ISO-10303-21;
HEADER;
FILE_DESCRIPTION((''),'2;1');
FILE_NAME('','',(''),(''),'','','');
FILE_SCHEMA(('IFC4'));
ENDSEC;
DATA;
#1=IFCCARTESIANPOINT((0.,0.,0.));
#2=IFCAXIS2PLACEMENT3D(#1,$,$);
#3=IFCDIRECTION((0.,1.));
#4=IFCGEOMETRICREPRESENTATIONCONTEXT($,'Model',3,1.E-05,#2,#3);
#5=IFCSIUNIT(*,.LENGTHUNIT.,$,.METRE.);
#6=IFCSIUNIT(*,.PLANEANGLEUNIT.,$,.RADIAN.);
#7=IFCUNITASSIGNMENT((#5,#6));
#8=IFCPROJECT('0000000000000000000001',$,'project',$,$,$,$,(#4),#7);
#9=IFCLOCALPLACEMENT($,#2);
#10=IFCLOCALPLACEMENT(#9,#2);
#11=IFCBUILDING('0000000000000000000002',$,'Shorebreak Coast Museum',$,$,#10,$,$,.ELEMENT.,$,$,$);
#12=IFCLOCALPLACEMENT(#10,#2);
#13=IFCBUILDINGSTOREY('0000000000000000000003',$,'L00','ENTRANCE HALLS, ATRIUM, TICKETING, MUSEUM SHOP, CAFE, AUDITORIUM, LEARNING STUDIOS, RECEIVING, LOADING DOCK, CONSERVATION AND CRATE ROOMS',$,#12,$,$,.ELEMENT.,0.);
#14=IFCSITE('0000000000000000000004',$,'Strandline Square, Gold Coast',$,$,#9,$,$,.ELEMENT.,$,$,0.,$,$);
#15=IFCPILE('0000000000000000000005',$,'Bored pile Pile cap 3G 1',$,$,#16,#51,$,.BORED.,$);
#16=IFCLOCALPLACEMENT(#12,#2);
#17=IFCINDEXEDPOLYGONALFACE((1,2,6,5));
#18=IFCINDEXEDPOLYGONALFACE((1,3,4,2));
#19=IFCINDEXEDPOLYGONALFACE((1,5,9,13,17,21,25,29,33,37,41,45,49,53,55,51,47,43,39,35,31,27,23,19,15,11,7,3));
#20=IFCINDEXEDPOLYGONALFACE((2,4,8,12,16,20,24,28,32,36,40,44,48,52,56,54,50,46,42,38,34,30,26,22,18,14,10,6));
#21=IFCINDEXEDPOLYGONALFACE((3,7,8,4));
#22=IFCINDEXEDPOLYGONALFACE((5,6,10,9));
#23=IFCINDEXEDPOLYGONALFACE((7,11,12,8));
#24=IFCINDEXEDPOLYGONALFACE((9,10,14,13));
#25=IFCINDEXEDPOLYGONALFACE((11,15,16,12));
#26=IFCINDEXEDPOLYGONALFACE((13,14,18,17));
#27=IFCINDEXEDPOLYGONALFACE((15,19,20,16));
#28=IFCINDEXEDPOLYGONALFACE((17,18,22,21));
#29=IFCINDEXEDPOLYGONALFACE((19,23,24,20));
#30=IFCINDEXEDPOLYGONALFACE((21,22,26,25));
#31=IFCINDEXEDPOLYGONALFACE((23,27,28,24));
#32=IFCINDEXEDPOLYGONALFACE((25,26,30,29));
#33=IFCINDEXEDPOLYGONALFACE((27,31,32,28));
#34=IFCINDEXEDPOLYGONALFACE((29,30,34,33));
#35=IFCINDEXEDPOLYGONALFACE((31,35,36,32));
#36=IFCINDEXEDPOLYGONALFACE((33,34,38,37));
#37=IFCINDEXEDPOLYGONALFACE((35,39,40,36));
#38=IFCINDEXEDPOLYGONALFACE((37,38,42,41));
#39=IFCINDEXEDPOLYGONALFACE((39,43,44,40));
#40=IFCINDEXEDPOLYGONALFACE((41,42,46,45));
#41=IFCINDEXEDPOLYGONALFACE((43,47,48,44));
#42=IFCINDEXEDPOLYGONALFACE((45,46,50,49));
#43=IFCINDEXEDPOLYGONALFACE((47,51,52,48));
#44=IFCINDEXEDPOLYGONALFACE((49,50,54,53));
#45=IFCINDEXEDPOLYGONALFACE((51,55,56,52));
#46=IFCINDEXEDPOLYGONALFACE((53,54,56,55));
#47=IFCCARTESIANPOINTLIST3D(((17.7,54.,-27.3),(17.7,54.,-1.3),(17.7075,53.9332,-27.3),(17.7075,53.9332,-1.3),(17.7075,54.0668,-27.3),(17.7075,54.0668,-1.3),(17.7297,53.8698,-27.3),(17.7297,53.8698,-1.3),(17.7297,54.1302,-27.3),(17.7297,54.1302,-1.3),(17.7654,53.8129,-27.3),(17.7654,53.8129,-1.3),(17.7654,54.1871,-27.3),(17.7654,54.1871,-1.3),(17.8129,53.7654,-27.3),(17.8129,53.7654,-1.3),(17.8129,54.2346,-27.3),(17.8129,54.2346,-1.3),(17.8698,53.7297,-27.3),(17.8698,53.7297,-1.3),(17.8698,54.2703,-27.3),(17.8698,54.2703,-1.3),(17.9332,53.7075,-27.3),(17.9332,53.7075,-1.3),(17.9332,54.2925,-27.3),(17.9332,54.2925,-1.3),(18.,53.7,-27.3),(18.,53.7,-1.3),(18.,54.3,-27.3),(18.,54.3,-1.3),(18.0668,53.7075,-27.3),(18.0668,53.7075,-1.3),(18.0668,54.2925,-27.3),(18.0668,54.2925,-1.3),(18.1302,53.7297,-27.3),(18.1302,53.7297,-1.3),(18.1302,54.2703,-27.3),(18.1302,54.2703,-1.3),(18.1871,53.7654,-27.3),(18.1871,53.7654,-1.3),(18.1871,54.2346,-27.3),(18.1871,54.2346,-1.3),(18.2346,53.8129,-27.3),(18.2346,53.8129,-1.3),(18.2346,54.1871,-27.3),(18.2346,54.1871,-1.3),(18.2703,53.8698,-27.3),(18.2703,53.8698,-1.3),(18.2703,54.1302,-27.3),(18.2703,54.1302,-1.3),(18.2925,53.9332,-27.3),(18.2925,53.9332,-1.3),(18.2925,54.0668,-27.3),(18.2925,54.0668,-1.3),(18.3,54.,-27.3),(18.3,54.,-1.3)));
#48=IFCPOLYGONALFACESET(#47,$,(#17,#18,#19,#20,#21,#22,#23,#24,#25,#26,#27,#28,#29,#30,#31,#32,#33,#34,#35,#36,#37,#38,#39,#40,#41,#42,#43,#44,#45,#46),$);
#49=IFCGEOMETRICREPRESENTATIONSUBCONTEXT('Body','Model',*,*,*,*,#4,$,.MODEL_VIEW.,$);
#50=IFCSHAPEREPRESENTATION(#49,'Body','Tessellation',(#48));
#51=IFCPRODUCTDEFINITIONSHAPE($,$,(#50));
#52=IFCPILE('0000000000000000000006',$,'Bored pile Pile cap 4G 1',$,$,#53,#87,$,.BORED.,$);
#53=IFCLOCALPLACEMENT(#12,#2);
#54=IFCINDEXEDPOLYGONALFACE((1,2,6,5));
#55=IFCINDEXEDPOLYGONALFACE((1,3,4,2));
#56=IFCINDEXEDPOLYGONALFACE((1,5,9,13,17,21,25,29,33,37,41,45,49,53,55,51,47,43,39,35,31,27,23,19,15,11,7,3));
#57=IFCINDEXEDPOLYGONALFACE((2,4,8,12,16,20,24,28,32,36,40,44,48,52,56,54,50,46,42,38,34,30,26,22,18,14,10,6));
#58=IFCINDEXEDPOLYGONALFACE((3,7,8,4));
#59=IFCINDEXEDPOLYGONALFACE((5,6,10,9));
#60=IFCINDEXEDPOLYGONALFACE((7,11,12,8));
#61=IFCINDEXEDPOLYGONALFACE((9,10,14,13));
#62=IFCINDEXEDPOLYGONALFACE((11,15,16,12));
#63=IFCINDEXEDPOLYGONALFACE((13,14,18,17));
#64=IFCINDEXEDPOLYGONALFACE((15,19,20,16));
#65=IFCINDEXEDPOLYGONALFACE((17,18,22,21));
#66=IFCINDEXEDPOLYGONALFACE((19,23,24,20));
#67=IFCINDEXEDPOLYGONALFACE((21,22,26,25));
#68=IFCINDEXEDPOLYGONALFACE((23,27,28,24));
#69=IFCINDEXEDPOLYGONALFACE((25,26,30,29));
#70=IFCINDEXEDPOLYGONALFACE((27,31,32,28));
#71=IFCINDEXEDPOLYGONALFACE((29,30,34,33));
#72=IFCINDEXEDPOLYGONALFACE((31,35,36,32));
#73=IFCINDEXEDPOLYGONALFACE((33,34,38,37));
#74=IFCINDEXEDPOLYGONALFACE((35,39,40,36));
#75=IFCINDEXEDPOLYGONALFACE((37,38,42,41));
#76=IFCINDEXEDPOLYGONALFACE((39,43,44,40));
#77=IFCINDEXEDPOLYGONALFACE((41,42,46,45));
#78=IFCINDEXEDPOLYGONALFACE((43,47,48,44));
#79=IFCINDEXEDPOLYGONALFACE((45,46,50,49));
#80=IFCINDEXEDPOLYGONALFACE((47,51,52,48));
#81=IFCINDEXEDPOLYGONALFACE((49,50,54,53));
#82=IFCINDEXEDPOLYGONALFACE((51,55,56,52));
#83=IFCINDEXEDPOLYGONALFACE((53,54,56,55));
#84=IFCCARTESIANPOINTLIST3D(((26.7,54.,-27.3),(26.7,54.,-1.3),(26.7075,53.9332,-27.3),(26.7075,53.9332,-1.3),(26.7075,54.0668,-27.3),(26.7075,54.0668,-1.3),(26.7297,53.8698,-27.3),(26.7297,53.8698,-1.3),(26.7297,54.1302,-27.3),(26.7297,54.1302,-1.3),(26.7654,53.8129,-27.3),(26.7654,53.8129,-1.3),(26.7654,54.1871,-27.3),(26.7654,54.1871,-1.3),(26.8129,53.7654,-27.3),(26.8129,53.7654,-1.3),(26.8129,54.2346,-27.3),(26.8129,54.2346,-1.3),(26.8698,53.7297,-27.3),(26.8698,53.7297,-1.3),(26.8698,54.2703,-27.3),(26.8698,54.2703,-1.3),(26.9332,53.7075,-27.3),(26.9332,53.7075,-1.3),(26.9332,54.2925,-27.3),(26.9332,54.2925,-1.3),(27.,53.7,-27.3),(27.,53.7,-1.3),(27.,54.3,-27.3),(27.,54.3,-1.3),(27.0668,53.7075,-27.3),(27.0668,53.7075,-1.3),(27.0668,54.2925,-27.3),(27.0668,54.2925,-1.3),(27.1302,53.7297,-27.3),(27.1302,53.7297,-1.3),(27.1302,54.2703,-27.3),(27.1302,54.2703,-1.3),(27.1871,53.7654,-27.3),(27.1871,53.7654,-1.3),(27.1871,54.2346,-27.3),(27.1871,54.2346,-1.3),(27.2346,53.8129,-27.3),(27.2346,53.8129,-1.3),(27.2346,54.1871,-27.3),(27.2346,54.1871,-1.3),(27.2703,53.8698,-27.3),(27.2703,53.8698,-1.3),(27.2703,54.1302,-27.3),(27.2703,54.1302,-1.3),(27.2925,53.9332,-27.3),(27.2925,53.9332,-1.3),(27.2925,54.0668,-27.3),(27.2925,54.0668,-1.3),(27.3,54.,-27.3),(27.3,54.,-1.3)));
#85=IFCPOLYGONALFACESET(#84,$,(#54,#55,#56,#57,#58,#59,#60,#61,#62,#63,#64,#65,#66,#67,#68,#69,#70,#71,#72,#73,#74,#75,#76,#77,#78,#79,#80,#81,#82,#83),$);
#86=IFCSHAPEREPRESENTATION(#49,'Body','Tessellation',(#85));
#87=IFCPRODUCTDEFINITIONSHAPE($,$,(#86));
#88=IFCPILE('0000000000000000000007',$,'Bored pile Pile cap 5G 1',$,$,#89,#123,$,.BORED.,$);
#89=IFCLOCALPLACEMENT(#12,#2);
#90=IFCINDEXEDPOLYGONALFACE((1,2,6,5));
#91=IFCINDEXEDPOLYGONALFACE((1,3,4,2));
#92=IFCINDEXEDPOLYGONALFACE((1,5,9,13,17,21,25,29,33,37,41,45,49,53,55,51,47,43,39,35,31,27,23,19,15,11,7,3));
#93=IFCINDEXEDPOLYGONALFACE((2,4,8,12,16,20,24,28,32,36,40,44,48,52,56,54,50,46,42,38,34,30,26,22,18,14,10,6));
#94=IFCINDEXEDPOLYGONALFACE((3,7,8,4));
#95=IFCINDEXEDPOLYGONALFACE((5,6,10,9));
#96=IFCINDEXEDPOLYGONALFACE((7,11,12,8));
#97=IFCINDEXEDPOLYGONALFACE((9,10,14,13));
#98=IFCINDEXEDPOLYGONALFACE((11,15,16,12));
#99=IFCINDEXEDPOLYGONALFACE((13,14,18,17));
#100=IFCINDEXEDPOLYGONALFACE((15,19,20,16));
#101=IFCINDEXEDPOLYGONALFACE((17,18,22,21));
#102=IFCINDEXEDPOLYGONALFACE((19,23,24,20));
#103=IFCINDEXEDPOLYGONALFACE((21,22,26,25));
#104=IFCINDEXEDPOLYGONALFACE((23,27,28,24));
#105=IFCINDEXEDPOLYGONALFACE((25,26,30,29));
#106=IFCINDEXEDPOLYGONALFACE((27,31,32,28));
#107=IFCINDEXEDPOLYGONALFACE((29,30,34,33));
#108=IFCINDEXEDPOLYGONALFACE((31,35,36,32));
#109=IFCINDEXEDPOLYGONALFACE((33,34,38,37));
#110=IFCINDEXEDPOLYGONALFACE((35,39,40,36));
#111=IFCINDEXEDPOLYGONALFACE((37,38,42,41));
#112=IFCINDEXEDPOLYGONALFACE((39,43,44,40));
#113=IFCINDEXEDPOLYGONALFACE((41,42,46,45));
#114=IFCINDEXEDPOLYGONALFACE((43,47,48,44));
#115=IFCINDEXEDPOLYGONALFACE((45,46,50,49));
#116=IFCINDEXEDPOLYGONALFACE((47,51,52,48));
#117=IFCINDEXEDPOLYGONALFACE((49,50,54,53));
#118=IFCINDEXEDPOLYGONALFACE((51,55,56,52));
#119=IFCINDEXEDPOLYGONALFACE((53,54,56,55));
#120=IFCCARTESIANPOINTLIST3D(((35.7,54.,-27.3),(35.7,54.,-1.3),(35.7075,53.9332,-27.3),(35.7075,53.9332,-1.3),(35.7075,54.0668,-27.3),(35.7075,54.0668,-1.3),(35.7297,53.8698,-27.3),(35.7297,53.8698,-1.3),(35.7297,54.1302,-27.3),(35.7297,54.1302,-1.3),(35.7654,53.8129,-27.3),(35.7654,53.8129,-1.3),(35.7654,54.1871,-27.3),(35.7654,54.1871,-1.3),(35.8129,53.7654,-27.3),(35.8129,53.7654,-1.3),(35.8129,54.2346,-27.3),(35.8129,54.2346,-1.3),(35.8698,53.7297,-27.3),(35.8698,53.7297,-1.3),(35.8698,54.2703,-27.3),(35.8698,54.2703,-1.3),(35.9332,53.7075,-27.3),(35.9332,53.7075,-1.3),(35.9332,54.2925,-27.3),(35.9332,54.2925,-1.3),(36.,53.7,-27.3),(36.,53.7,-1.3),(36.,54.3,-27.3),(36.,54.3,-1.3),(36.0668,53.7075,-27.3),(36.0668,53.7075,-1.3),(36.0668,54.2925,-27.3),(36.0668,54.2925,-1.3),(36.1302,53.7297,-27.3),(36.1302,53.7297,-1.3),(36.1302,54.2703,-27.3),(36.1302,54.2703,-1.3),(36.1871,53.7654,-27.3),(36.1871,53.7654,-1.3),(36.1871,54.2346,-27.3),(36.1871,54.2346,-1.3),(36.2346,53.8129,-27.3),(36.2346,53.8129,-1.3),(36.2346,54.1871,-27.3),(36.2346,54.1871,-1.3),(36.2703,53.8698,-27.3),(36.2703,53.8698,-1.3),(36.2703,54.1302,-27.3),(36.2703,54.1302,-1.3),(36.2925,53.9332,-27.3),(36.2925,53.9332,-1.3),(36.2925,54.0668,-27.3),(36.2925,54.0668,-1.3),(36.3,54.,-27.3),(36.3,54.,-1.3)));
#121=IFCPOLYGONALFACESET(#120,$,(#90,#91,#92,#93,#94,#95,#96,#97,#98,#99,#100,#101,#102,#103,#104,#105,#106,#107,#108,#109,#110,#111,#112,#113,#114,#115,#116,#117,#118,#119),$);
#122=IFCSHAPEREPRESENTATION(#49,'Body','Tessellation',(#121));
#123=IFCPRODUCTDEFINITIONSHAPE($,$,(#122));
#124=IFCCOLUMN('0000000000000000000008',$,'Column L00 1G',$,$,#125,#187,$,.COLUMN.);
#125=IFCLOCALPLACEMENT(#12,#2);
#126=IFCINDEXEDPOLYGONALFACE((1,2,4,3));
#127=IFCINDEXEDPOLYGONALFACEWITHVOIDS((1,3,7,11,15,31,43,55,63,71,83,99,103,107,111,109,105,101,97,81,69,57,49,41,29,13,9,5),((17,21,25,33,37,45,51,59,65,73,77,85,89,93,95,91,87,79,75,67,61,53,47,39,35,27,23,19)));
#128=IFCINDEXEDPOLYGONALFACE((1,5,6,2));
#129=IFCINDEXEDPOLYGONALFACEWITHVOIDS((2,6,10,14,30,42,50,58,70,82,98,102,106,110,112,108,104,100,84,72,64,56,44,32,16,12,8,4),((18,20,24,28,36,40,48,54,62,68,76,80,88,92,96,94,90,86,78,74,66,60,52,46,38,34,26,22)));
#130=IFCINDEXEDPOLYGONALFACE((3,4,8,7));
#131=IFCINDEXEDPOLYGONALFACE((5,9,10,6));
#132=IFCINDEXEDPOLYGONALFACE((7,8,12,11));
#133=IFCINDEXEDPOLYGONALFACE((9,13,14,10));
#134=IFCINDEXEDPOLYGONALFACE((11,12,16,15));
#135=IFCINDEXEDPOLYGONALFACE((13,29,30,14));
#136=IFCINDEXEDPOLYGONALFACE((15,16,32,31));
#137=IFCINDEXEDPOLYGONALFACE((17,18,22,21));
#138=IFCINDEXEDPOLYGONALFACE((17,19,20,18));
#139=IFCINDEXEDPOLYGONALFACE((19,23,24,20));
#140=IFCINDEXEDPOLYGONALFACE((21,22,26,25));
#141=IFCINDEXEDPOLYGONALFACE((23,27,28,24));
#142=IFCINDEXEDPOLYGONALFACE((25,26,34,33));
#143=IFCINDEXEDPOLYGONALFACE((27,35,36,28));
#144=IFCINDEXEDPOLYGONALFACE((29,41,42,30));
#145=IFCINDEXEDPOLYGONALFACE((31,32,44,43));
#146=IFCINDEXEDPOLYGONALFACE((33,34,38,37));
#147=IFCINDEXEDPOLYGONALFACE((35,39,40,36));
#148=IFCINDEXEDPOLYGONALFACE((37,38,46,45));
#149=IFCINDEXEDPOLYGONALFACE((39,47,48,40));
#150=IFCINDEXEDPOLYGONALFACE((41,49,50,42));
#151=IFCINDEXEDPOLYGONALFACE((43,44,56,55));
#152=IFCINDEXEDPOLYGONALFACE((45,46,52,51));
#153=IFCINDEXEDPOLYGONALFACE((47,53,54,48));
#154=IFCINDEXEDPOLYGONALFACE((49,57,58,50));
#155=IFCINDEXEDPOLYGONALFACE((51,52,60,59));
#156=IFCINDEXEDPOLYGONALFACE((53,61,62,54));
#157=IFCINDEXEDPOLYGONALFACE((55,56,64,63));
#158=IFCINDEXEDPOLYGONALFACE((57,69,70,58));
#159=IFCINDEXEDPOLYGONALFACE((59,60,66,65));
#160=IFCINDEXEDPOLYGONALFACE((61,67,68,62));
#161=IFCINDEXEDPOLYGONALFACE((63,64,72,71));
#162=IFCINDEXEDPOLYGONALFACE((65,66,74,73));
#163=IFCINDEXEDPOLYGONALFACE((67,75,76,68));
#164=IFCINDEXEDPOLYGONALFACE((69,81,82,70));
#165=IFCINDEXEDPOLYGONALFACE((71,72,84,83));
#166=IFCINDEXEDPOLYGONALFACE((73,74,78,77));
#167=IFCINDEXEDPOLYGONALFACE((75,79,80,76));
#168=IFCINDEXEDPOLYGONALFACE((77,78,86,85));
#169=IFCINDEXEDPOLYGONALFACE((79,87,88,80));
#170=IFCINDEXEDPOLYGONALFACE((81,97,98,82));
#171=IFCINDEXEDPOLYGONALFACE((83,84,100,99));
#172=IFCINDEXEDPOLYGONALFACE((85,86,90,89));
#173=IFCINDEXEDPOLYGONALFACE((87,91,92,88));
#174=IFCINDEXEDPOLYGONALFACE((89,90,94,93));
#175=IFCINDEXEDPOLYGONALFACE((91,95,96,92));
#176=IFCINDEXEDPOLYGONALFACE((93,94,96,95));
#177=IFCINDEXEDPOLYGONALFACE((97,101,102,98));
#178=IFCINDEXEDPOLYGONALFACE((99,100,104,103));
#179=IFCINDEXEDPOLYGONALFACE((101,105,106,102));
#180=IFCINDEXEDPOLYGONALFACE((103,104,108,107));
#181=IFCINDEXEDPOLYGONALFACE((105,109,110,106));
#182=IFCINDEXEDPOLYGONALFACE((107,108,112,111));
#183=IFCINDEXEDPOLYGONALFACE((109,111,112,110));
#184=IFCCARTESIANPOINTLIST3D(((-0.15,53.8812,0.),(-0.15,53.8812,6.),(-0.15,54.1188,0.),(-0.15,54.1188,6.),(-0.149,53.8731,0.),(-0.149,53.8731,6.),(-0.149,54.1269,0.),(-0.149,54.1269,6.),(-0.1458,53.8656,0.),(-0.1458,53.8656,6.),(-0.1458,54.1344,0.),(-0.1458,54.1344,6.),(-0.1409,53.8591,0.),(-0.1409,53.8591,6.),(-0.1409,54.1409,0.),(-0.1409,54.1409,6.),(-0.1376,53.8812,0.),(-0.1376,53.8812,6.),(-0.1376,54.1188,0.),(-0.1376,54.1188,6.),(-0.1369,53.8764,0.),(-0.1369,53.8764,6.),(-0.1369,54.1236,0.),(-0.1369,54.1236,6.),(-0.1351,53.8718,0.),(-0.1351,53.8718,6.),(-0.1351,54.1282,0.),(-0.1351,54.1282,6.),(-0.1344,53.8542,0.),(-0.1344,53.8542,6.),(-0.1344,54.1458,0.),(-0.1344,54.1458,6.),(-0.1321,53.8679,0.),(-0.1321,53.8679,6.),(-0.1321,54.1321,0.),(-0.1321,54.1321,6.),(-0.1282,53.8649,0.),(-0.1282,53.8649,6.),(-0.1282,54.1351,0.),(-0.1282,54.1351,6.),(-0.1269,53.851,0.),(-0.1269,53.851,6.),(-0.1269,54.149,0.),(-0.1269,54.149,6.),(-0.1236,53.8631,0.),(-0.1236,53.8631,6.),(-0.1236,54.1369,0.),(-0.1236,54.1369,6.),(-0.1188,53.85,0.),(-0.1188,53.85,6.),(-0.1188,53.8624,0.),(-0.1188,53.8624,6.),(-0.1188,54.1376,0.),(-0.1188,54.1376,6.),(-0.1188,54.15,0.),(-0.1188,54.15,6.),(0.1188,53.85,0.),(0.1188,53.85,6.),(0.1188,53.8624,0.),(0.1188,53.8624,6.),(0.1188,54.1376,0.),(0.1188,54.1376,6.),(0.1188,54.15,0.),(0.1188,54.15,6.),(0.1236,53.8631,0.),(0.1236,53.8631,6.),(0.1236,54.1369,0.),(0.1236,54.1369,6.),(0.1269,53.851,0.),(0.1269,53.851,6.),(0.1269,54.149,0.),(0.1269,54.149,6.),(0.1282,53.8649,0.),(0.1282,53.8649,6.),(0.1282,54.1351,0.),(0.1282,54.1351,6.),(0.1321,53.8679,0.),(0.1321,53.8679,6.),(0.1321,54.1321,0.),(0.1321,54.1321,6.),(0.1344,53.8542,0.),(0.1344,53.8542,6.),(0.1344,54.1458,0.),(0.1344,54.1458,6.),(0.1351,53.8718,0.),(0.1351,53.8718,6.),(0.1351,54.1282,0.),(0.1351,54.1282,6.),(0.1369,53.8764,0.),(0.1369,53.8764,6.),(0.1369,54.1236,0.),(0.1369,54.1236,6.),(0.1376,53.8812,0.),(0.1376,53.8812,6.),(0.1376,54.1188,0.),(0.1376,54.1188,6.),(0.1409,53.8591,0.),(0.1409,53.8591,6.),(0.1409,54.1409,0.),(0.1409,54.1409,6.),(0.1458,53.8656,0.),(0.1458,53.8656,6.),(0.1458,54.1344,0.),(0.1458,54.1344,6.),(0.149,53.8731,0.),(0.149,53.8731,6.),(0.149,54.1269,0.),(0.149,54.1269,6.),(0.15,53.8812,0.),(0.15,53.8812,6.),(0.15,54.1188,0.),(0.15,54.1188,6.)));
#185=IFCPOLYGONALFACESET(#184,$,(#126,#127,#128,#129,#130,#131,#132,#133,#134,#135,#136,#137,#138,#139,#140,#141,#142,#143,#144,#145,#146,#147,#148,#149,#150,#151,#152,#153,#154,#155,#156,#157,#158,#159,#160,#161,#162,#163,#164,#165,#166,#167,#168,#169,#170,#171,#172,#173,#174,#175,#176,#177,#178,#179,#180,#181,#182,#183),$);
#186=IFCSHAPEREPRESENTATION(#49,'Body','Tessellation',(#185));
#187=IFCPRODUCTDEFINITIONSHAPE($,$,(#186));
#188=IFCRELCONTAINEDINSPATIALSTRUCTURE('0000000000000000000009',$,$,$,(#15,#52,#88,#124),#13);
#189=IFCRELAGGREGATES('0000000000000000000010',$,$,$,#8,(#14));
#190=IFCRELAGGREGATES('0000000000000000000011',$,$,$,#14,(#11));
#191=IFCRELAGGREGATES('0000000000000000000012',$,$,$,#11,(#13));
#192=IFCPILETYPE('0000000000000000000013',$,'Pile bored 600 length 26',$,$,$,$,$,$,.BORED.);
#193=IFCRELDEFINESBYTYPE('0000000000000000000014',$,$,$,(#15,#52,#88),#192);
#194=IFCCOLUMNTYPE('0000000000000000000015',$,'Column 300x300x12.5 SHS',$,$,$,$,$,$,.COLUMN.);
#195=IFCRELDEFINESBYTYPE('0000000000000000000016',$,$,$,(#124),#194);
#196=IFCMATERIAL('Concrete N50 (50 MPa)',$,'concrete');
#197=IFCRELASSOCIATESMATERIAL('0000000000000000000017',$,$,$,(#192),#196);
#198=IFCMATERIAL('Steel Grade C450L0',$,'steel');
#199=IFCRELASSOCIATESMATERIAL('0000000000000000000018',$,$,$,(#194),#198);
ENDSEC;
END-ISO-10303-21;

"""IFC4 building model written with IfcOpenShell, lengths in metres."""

from ifc_helpers import new_model, si_unit, direction, frame, origin, origin_2d, place, context, subcontext, project, spatial, hollow_rectangle, circle, extrude, material, material_profile, profile_set, type_object, element, save


model = new_model("IFC4")

# Units and contexts
model_context = context("Model", 3, precision=1e-05, world=origin(), true_north=direction((0.0, 1.0)))
body_context = subcontext(model_context, "Body", "Model", "MODEL_VIEW")
ifc_project = project(units=[si_unit("LENGTHUNIT", "METRE"), si_unit("PLANEANGLEUNIT", "RADIAN")], contexts=[model_context])

# Site, building, storey
site_placement = place(None, origin())
site = spatial("IfcSite", under=ifc_project, at=site_placement, Name="Strandline Square, Gold Coast", CompositionType="ELEMENT", RefElevation=0.0)
building_placement = place(site_placement, origin())
building = spatial("IfcBuilding", under=site, at=building_placement, Name="Shorebreak Coast Museum", CompositionType="ELEMENT")
storey_placement = place(building_placement, origin())
storey = spatial("IfcBuildingStorey", under=building, at=storey_placement, Name="L00", Description="ENTRANCE HALLS, ATRIUM, TICKETING, MUSEUM SHOP, CAFE, AUDITORIUM, LEARNING STUDIOS, RECEIVING, LOADING DOCK, CONSERVATION AND CRATE ROOMS", CompositionType="ELEMENT", Elevation=0.0)

# Piles
ifc_material_1 = material(Name="Concrete N50 (50 MPa)", Category="concrete")
ifc_material_profile_1 = material_profile(ifc_material_1, circle(Radius=0.3, at=origin_2d()), Name="Pile bored 600 length 26")
ifc_profile_set_1 = profile_set([ifc_material_profile_1], Name="Concrete N50 (50 MPa)")
pile_type = type_object("IfcPileType", Name="Pile bored 600 length 26", PredefinedType="BORED", material=ifc_profile_set_1)
for number, where, z_axis, x_axis, name in (
    (1, (18.0, 54.0, -1.3), (0.0, 0.0, -1.0), (1.0, 0.0, 0.0), "Bored pile Pile cap 3G 1"),
    (2, (27.0, 54.0, -1.3), (0.0, 0.0, -1.0), (1.0, 0.0, 0.0), "Bored pile Pile cap 4G 1"),
    (3, (36.0, 54.0, -1.3), (0.0, 0.0, -1.0), (1.0, 0.0, 0.0), "Bored pile Pile cap 5G 1"),
):
    element("IfcPile", number, at=place(storey_placement, frame(where, z_axis=z_axis, x_axis=x_axis)), inside=storey, type_object=pile_type, Name=name, PredefinedType="BORED", context=body_context, shape_type="SweptSolid", body=[
        extrude(circle(Radius=0.3, at=origin_2d()), origin(), (0.0, 0.0, 1.0), 26.0),
    ])

# Column
ifc_material_2 = material(Name="Steel Grade C450L0", Category="steel")
ifc_material_profile_2 = material_profile(ifc_material_2, hollow_rectangle(XDim=0.3, YDim=0.3, WallThickness=0.0125, InnerFilletRadius=0.0188, OuterFilletRadius=0.0312, at=origin_2d()), Name="300x300x12.5 SHS")
ifc_profile_set_2 = profile_set([ifc_material_profile_2], Name="Steel Grade C450L0")
column_type = type_object("IfcColumnType", Name="Column 300x300x12.5 SHS", PredefinedType="COLUMN", material=ifc_profile_set_2)
for number, where, z_axis, x_axis, name in (
    (4, (0.0, 54.0, 0.0), (0.0, 0.0, 1.0), (1.0, 0.0, 0.0), "Column L00 1G"),
):
    element("IfcColumn", number, at=place(storey_placement, frame(where, z_axis=z_axis, x_axis=x_axis)), inside=storey, type_object=column_type, Name=name, PredefinedType="COLUMN", context=body_context, shape_type="SweptSolid", body=[
        extrude(hollow_rectangle(XDim=0.3, YDim=0.3, WallThickness=0.0125, InnerFilletRadius=0.0188, OuterFilletRadius=0.0312, at=origin_2d()), origin(), (0.0, 0.0, 1.0), 6.0),
    ])

save(model, "model.ifc")
